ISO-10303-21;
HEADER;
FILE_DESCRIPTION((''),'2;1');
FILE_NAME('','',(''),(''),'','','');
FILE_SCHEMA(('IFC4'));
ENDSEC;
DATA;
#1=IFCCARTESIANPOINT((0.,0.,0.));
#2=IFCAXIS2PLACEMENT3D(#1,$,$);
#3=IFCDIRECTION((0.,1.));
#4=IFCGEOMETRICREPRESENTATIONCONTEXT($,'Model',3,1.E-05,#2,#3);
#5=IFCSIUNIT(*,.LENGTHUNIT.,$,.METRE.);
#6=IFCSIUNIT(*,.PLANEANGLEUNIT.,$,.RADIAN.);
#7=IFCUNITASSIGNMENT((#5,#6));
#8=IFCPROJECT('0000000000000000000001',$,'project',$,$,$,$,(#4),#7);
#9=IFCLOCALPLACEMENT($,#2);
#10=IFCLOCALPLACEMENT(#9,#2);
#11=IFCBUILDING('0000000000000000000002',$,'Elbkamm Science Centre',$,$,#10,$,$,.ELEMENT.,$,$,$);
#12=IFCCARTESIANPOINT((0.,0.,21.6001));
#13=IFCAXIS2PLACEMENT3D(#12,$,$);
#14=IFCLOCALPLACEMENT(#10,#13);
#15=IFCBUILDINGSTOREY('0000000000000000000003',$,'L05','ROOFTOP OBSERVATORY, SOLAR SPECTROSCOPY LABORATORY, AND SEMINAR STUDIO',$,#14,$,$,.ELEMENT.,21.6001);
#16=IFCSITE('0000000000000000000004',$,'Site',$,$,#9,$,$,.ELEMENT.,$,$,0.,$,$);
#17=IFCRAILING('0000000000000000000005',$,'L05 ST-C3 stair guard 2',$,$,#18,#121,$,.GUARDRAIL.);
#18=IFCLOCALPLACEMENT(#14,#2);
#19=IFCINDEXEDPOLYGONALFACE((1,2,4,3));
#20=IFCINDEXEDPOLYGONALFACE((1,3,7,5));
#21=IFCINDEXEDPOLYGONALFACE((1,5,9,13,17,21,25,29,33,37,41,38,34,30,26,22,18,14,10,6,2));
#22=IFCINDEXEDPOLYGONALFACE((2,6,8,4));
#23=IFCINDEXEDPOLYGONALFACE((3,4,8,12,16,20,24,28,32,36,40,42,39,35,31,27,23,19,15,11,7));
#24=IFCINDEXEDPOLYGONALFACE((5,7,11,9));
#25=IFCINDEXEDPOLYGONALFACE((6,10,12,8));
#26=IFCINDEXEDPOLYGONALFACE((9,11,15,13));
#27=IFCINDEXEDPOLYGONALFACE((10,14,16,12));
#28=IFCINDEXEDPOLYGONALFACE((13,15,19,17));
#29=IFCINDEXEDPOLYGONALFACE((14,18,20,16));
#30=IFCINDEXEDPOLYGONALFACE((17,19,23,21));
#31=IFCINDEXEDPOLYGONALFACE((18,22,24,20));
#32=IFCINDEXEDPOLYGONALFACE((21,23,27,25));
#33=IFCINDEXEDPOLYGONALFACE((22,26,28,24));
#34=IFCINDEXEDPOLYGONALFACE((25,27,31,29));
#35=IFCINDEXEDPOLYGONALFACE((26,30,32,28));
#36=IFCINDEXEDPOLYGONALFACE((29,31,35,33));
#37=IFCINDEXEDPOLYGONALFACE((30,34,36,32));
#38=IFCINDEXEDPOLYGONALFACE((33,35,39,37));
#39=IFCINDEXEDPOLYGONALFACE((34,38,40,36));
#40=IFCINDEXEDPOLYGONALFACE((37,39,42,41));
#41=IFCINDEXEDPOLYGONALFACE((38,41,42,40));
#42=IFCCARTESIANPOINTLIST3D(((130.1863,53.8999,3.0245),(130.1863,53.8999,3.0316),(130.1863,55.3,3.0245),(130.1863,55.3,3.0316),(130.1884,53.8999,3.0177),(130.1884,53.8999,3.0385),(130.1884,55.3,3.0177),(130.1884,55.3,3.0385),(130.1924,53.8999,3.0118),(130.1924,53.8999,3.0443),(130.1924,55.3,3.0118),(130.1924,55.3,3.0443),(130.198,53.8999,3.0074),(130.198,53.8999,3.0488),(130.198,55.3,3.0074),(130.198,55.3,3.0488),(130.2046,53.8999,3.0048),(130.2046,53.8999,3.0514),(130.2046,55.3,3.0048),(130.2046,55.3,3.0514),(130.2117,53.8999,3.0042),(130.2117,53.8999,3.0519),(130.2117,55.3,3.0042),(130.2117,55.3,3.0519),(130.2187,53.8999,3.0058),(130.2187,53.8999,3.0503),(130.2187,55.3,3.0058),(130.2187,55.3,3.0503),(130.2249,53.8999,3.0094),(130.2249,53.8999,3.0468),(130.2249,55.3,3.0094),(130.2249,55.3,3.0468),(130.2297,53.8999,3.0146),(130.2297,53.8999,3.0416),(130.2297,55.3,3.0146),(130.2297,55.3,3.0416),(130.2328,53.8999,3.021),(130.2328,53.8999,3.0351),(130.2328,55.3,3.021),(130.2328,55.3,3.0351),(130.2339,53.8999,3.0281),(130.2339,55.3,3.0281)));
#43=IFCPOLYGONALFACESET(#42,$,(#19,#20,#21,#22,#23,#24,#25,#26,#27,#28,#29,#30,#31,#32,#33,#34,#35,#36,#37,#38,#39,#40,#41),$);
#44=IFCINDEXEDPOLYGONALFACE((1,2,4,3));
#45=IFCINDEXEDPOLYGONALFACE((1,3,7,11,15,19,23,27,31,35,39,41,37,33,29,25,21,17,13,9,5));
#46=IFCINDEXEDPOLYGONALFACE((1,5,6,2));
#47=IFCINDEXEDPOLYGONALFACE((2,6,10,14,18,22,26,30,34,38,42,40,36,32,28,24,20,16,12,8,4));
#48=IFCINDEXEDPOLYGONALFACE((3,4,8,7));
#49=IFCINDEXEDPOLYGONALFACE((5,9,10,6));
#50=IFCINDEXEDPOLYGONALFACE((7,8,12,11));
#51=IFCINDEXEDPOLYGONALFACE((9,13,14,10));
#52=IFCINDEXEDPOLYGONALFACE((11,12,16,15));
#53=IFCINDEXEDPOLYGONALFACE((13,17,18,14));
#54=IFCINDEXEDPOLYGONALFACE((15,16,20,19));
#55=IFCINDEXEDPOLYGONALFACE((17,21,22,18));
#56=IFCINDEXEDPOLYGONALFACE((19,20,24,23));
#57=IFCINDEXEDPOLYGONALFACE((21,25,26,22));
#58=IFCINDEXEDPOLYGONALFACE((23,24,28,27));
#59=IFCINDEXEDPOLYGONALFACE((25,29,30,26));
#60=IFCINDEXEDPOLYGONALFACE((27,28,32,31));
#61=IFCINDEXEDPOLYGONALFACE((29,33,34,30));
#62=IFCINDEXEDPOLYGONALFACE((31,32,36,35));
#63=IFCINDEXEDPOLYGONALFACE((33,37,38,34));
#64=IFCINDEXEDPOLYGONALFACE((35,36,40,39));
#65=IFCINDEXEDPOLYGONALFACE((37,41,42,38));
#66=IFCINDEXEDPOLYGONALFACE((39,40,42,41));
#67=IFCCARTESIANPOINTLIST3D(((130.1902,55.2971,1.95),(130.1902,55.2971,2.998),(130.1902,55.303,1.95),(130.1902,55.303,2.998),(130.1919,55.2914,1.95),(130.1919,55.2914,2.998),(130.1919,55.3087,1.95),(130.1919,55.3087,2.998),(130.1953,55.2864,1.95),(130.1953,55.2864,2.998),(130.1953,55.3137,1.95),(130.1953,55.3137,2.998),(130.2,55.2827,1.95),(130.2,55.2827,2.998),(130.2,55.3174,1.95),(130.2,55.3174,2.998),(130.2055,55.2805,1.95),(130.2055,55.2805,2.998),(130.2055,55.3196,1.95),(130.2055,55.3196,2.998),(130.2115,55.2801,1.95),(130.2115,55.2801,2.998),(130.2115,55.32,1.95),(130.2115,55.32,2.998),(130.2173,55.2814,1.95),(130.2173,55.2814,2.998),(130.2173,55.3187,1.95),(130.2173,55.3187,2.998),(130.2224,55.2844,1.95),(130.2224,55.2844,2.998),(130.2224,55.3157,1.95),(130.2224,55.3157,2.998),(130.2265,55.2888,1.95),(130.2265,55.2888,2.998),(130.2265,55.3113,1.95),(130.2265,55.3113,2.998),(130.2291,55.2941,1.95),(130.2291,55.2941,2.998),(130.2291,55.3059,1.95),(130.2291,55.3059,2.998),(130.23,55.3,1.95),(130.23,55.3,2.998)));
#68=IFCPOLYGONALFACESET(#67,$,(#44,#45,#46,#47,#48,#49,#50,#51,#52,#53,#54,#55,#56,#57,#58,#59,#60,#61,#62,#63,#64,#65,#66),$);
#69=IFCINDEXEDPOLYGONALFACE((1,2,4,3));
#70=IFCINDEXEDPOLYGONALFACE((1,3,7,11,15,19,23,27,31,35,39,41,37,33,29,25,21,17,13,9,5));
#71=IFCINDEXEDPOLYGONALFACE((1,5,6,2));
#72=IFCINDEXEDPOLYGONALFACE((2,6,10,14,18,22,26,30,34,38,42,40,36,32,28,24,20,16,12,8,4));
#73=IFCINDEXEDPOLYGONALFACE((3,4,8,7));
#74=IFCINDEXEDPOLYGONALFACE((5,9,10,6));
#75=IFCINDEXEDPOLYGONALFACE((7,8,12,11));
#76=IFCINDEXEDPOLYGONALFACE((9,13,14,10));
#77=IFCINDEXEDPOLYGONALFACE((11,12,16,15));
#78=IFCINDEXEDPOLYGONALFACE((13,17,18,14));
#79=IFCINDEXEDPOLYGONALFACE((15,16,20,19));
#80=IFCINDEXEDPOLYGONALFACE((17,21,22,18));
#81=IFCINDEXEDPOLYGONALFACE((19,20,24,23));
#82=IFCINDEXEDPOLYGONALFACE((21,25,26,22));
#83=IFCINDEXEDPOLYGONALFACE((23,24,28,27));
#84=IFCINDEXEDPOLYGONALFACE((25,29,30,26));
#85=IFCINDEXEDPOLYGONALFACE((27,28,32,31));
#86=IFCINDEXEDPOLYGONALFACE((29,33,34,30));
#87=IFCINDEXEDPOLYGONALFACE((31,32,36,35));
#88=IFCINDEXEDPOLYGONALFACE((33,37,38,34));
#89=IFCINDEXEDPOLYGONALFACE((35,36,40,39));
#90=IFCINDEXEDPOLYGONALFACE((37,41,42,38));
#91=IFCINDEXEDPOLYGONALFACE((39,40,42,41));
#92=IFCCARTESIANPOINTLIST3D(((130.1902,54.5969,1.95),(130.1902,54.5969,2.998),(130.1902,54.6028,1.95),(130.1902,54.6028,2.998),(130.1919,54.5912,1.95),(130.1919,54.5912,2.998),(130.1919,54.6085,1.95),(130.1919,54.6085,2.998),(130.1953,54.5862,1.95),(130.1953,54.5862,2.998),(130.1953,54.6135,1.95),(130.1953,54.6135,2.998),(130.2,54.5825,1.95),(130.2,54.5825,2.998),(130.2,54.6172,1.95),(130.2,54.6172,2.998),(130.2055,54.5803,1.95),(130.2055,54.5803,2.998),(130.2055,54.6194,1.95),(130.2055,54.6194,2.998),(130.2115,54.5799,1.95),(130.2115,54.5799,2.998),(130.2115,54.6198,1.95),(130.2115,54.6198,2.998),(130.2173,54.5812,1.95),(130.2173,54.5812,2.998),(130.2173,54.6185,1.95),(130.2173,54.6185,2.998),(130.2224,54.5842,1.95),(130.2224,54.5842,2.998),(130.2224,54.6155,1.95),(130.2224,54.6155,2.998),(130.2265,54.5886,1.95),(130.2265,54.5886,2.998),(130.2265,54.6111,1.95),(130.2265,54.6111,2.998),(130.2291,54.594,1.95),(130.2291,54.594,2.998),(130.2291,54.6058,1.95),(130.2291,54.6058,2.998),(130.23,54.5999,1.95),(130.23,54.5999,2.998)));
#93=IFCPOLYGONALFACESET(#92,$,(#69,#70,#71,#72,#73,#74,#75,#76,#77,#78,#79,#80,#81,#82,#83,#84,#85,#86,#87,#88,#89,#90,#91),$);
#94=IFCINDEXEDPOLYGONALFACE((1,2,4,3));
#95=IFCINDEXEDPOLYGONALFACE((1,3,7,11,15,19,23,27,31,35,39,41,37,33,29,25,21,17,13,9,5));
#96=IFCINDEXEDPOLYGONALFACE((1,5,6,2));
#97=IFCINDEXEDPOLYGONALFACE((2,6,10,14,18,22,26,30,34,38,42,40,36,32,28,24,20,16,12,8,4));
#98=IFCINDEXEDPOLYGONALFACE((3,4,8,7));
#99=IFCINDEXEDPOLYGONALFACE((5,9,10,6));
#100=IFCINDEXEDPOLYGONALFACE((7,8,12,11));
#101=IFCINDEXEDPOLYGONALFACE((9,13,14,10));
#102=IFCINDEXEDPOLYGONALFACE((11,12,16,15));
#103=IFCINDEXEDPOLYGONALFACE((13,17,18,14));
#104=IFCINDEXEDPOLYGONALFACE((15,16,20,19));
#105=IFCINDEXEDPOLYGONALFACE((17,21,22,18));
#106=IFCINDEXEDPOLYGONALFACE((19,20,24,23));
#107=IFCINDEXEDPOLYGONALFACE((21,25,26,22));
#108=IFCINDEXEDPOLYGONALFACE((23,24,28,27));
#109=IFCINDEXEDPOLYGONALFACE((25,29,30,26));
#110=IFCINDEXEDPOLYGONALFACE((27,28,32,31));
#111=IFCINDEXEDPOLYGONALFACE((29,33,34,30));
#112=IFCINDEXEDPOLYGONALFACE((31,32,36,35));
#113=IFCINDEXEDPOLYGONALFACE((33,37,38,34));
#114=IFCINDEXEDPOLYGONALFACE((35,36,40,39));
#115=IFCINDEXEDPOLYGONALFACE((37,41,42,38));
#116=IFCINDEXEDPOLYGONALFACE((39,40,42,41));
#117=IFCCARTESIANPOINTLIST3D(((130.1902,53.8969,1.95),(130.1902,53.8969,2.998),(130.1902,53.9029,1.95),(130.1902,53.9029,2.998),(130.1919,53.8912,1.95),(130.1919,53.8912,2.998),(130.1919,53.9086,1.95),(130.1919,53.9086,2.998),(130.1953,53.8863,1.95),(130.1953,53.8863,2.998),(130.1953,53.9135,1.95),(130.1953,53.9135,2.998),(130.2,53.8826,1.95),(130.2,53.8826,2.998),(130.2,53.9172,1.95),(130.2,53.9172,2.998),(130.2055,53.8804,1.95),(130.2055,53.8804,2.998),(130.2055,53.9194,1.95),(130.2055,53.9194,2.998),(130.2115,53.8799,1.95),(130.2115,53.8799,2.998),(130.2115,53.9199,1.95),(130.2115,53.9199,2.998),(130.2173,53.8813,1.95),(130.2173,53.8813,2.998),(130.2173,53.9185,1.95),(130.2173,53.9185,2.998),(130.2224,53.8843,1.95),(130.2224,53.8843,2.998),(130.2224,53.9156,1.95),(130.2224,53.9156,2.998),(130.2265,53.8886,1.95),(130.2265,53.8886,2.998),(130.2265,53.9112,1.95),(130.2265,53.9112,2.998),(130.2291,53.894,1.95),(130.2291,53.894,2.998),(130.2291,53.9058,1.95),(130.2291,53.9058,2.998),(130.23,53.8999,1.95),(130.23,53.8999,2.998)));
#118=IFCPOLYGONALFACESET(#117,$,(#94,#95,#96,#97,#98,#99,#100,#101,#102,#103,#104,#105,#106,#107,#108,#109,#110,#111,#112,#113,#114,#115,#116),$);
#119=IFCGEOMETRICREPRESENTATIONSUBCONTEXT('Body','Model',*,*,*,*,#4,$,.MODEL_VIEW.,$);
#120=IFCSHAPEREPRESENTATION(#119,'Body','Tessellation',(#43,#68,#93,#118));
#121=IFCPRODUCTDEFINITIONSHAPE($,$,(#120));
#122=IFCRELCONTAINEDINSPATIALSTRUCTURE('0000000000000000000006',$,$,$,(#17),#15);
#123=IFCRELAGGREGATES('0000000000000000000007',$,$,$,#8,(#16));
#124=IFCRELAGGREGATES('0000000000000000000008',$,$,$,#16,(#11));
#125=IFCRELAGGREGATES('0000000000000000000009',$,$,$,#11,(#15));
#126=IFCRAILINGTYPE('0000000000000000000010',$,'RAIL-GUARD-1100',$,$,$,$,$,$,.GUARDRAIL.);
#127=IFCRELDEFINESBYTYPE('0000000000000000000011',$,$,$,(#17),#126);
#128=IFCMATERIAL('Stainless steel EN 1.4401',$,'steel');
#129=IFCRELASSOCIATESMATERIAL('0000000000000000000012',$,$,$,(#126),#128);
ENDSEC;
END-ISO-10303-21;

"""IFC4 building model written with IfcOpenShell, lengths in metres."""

from ifc_helpers import new_model, si_unit, direction, frame, origin, origin_2d, place, context, subcontext, project, spatial, circle, extrude, material, type_object, element, save


model = new_model("IFC4")

# Units and contexts
model_context = context("Model", 3, precision=1e-05, world=origin(), true_north=direction((0.0, 1.0)))
body_context = subcontext(model_context, "Body", "Model", "MODEL_VIEW")
ifc_project = project(units=[si_unit("LENGTHUNIT", "METRE"), si_unit("PLANEANGLEUNIT", "RADIAN")], contexts=[model_context])

# Site, building, storey
site_placement = place(None, origin())
site = spatial("IfcSite", under=ifc_project, at=site_placement, Name="Site", CompositionType="ELEMENT", RefElevation=0.0)
building_placement = place(site_placement, origin())
building = spatial("IfcBuilding", under=site, at=building_placement, Name="Elbkamm Science Centre", CompositionType="ELEMENT")
storey_placement = place(building_placement, frame((0.0, 0.0, 21.6001)))
storey = spatial("IfcBuildingStorey", under=building, at=storey_placement, Name="L05", Description="ROOFTOP OBSERVATORY, SOLAR SPECTROSCOPY LABORATORY, AND SEMINAR STUDIO", CompositionType="ELEMENT", Elevation=21.6001)

# Railing
ifc_material_1 = material(Name="Stainless steel EN 1.4401", Category="steel")
railing_type_1 = type_object("IfcRailingType", Name="RAIL-GUARD-1100", PredefinedType="GUARDRAIL", material=ifc_material_1)
railing_1_placement = place(storey_placement, frame((130.21, 55.3, 1.95)))
element("IfcRailing", 1, at=railing_1_placement, inside=storey, type_object=railing_type_1, Name="L05 ST-C3 stair guard 2", PredefinedType="GUARDRAIL", context=body_context, shape_type="SweptSolid", body=[
    extrude(circle(Radius=0.0239, at=origin_2d()), frame((0.0, 0.0, 1.0781), z_axis=(0.0, -1.0, 0.0), x_axis=(1.0, 0.0, 0.0)), (0.0, 0.0, 1.0), 1.4001),
    extrude(circle(Radius=0.02, at=origin_2d()), origin(), (0.0, 0.0, 1.0), 1.0481),
    extrude(circle(Radius=0.02, at=origin_2d()), frame((0.0, -0.7002, 0.0)), (0.0, 0.0, 1.0), 1.0481),
    extrude(circle(Radius=0.02, at=origin_2d()), frame((0.0, -1.4001, 0.0)), (0.0, 0.0, 1.0), 1.0481),
])

save(model, "model.ifc")
